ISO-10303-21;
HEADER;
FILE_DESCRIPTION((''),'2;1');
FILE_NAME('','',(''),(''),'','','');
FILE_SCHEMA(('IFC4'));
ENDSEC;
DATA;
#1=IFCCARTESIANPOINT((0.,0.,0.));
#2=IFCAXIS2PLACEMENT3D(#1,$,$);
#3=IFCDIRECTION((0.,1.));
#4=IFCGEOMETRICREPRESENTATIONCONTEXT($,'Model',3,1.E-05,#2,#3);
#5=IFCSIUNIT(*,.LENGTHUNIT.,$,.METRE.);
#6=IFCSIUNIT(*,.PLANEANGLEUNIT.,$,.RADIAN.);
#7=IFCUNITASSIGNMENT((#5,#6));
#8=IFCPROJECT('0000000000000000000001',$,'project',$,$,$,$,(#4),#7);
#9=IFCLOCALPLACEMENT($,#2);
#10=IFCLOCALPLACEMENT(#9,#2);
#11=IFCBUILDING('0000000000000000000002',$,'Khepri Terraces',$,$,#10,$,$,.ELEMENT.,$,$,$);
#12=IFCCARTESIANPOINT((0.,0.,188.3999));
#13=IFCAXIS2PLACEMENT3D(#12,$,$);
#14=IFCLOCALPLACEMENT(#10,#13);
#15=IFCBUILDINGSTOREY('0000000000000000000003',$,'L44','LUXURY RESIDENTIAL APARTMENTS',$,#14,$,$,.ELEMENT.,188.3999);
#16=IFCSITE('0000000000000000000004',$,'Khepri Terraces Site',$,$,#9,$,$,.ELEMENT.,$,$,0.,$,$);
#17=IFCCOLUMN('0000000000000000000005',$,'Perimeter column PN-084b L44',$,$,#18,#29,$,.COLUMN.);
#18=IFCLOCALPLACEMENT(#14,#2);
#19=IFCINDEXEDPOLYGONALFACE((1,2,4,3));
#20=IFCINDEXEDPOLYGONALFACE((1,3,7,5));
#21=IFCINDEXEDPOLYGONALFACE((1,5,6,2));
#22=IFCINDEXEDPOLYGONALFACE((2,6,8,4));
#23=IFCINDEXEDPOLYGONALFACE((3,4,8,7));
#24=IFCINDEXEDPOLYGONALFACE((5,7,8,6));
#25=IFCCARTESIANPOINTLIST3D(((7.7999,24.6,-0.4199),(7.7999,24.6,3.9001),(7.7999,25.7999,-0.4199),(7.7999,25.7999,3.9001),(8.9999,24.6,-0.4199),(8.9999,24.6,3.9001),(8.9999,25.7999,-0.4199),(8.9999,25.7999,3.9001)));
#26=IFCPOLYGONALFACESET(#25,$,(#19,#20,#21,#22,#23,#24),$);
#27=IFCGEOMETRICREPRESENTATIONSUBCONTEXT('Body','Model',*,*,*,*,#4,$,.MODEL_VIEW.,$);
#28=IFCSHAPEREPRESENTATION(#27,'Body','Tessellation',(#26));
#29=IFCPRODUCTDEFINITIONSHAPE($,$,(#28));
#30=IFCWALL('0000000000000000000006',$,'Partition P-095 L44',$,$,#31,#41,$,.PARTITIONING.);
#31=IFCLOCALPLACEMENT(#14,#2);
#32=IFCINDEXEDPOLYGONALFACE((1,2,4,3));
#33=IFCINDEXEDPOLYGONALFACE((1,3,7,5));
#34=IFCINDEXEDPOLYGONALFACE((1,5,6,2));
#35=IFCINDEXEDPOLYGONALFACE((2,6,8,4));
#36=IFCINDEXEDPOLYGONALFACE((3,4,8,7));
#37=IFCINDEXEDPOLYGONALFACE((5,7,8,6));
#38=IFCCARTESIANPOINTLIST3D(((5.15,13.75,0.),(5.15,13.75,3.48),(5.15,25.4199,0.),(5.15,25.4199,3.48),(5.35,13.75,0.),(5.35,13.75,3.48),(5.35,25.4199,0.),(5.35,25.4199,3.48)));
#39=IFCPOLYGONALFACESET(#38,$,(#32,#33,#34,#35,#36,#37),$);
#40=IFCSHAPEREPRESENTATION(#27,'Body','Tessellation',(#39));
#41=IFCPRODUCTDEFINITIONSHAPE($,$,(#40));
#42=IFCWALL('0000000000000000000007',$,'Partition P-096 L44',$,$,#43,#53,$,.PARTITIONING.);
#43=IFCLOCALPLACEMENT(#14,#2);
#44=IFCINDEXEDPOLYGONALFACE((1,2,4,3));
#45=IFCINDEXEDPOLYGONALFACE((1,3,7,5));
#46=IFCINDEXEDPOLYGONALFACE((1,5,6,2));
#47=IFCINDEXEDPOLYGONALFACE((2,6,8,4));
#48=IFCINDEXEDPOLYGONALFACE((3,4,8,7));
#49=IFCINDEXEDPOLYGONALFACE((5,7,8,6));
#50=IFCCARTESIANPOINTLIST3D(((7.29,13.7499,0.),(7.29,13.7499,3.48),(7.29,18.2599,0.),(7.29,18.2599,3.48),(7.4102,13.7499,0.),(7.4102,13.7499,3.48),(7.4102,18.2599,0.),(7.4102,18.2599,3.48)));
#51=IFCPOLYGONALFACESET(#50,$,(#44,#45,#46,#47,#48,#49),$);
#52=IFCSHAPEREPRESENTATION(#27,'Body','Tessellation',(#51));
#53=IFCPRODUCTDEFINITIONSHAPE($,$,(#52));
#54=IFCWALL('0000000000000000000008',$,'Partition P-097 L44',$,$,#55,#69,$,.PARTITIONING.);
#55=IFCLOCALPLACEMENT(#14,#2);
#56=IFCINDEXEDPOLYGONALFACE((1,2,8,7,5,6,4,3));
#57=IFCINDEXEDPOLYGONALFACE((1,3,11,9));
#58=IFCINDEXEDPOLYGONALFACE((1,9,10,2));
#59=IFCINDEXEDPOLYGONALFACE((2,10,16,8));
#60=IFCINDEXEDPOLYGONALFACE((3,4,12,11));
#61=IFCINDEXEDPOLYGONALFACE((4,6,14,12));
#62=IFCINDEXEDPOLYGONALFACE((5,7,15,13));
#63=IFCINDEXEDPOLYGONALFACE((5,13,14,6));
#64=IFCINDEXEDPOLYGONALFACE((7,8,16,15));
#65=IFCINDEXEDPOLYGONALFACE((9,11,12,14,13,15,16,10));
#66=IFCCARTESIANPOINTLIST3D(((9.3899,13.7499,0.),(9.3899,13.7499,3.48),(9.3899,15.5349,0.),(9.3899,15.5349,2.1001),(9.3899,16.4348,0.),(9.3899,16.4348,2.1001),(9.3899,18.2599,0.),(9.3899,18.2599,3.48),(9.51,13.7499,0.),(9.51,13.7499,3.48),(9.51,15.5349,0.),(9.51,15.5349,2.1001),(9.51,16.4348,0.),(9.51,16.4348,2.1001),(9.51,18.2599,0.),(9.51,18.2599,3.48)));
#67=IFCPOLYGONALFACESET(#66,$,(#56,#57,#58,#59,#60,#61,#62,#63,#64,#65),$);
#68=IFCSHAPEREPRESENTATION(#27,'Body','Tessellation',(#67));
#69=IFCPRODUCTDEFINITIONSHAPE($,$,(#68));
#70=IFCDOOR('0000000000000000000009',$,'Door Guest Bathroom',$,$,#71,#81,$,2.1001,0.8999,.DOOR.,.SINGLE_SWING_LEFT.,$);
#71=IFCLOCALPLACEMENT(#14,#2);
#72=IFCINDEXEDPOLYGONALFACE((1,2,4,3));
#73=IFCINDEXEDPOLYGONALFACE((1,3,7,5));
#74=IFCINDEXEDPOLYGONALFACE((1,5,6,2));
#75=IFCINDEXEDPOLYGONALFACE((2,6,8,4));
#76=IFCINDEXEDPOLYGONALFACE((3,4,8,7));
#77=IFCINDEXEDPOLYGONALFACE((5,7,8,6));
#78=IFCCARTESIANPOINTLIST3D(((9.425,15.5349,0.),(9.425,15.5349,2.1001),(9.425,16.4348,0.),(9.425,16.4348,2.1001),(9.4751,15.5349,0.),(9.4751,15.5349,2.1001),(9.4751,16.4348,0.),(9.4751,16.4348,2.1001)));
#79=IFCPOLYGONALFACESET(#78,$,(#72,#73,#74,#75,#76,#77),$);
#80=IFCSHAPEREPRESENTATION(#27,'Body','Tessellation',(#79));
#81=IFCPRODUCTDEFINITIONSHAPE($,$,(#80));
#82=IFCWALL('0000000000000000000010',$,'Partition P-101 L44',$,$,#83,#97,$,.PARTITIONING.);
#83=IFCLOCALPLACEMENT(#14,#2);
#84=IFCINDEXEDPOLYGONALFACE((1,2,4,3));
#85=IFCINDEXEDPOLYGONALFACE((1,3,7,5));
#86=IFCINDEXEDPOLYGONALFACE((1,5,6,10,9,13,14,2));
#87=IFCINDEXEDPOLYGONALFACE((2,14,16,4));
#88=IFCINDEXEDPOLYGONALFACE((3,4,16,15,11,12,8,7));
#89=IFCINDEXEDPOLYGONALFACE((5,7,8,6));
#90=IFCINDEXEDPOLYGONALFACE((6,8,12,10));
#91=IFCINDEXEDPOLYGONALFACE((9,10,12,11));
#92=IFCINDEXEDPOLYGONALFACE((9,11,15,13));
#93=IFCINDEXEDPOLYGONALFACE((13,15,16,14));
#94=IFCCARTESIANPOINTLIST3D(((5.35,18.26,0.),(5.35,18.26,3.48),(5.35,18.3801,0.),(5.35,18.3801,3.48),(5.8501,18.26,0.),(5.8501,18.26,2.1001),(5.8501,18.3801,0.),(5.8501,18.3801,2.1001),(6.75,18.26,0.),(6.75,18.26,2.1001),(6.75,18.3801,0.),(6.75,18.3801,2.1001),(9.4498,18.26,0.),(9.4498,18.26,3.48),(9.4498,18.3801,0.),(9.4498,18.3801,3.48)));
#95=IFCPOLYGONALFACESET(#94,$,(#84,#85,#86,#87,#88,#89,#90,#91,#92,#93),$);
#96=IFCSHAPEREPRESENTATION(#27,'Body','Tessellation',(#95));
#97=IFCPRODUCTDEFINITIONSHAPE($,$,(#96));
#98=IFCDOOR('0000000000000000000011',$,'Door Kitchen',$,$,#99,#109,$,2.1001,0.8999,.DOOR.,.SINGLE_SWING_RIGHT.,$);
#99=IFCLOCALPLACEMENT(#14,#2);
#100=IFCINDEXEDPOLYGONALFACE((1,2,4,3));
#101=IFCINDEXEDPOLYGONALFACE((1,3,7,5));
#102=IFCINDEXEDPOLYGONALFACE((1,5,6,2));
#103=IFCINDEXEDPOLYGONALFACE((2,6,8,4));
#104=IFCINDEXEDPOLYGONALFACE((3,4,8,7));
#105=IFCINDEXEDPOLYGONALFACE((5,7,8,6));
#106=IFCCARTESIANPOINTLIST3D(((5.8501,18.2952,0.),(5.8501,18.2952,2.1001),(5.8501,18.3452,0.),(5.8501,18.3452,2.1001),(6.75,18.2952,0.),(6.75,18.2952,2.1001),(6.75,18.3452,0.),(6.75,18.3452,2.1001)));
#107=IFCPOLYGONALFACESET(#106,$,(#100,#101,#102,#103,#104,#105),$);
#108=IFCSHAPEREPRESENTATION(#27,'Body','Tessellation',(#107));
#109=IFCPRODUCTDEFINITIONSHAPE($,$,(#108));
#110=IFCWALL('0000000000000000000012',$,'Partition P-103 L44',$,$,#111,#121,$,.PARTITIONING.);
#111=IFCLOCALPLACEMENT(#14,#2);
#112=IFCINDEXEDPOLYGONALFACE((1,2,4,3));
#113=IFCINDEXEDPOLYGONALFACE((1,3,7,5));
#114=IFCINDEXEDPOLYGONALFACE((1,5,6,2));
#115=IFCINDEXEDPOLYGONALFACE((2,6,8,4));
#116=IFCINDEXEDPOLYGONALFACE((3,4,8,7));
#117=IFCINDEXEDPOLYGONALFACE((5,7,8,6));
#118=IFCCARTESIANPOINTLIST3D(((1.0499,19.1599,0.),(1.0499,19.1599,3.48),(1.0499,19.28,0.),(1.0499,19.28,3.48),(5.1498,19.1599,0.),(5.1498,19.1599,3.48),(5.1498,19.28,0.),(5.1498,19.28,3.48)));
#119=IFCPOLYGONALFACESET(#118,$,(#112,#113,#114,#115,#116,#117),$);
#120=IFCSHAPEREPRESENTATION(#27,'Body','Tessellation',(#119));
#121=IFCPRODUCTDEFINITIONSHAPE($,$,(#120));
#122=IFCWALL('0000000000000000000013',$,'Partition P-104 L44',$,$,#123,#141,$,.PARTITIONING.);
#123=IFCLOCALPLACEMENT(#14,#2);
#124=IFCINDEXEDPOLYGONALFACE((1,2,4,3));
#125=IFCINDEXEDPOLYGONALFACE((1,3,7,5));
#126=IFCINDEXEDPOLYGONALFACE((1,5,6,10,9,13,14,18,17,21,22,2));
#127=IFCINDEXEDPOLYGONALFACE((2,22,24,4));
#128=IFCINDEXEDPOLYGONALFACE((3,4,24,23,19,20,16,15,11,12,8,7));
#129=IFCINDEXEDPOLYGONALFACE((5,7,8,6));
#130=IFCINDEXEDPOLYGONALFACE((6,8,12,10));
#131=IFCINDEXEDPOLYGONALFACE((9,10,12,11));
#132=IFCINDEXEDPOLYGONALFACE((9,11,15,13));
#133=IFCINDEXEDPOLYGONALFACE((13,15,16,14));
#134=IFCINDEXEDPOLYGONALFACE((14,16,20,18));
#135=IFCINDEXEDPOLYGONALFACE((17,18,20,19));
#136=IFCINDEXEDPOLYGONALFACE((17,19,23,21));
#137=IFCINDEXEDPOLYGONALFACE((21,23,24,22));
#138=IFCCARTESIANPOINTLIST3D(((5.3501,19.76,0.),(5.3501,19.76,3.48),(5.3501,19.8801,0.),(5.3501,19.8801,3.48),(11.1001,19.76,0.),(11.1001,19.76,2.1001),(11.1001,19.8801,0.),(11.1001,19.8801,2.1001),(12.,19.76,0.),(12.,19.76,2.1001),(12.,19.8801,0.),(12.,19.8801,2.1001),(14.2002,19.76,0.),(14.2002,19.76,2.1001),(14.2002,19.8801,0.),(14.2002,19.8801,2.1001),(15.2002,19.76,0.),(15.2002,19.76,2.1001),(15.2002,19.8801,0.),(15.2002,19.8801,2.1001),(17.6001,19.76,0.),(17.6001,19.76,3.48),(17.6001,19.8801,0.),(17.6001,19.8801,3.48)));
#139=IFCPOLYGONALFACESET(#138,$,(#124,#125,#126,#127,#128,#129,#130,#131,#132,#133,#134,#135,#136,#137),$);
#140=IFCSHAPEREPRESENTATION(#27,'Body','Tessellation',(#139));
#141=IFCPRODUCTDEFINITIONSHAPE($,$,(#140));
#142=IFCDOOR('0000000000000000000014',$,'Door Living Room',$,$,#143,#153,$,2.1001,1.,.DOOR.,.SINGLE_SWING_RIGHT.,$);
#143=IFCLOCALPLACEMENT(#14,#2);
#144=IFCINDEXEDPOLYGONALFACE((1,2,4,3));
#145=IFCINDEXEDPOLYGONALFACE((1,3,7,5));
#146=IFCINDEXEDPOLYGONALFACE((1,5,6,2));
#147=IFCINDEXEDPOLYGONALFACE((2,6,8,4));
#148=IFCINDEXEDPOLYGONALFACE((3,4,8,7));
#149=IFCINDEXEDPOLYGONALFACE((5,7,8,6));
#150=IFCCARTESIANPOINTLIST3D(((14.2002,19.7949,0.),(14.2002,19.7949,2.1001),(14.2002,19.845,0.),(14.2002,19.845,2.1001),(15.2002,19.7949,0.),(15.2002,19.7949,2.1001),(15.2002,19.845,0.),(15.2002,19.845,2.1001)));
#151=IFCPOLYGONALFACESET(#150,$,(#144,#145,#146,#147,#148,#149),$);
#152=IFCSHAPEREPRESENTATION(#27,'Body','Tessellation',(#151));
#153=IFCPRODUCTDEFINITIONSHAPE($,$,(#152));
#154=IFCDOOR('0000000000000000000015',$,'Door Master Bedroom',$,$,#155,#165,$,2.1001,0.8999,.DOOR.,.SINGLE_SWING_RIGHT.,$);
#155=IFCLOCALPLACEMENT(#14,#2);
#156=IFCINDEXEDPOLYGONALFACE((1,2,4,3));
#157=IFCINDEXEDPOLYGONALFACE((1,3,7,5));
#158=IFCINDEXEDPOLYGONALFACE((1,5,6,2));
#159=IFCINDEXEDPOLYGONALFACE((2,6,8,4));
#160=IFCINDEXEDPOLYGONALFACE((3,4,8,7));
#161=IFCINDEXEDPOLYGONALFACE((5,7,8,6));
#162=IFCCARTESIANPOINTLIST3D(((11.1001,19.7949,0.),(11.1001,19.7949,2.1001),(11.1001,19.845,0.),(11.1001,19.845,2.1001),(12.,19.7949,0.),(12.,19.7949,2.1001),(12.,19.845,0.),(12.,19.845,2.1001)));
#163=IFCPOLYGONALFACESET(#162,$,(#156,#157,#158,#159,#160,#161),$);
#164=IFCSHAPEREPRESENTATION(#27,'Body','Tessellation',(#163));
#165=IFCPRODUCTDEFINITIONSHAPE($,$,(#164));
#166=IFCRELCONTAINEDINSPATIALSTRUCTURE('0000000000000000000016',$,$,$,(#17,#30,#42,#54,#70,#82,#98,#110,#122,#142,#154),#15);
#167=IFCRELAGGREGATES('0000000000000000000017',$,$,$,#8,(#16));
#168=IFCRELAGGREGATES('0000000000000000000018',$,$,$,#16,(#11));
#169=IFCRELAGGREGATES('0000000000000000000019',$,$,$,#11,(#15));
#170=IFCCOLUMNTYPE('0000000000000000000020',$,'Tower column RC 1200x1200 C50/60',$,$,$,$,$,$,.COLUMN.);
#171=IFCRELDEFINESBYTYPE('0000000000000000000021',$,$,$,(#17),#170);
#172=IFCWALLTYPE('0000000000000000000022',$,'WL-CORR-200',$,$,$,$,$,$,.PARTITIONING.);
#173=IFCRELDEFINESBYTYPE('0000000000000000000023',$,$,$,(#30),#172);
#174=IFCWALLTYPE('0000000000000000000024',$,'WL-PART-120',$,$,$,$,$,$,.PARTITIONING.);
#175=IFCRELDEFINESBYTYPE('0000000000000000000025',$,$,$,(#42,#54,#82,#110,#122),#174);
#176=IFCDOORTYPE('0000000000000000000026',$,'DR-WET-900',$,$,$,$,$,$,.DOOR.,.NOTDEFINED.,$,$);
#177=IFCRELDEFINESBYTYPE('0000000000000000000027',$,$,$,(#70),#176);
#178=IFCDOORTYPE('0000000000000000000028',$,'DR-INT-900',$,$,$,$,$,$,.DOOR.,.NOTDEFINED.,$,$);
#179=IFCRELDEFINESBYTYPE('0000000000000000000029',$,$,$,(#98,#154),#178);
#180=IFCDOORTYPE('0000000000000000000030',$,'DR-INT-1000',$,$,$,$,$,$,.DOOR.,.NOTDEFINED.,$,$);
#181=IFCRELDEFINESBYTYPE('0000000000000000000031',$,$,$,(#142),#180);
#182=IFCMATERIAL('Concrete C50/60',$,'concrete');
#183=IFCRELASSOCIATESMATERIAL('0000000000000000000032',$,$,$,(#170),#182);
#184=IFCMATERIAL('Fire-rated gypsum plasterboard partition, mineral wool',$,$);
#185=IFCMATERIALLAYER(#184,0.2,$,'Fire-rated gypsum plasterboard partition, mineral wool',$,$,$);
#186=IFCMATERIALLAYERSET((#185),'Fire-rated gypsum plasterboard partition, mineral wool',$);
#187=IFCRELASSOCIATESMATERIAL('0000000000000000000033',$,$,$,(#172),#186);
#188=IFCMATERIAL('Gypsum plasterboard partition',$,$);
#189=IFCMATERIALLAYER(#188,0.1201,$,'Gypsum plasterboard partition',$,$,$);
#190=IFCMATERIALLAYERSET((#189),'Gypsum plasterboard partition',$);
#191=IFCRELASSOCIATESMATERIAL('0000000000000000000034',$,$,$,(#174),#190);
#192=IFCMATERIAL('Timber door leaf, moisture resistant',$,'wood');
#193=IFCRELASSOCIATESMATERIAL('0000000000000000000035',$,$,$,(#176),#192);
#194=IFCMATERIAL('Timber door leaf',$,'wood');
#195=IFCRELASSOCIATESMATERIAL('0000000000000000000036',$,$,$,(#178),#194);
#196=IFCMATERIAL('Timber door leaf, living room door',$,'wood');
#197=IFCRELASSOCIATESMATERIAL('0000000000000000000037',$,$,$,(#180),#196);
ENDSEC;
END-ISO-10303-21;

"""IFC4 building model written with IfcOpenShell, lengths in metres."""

from ifc_helpers import new_model, si_unit, direction, frame, frame_2d, origin, origin_2d, place, context, subcontext, project, spatial, rectangle, extrude, material, layer, layer_set, material_profile, profile_set, type_object, element, fill, save


model = new_model("IFC4")

# Units and contexts
model_context = context("Model", 3, precision=1e-05, world=origin(), true_north=direction((0.0, 1.0)))
body_context = subcontext(model_context, "Body", "Model", "MODEL_VIEW")
ifc_project = project(units=[si_unit("LENGTHUNIT", "METRE"), si_unit("PLANEANGLEUNIT", "RADIAN")], contexts=[model_context])

# Site, building, storey
site_placement = place(None, origin())
site = spatial("IfcSite", under=ifc_project, at=site_placement, Name="Khepri Terraces Site", CompositionType="ELEMENT", RefElevation=0.0)
building_placement = place(site_placement, origin())
building = spatial("IfcBuilding", under=site, at=building_placement, Name="Khepri Terraces", CompositionType="ELEMENT")
storey_placement = place(building_placement, frame((0.0, 0.0, 188.3999)))
storey = spatial("IfcBuildingStorey", under=building, at=storey_placement, Name="L44", Description="LUXURY RESIDENTIAL APARTMENTS", CompositionType="ELEMENT", Elevation=188.3999)

# Column
ifc_material_1 = material(Name="Concrete C50/60", Category="concrete")
ifc_material_profile = material_profile(ifc_material_1, rectangle(XDim=1.2, YDim=1.2, at=origin_2d()), Name="Concrete C50/60", Category="concrete")
ifc_profile_set = profile_set([ifc_material_profile], Name="Concrete C50/60")
column_type = type_object("IfcColumnType", Name="Tower column RC 1200x1200 C50/60", PredefinedType="COLUMN", material=ifc_profile_set)
column_placement = place(storey_placement, frame((8.3999, 25.2, -0.4199), z_axis=(0.0, 0.0, 1.0), x_axis=(1.0, 0.0, 0.0)))
element("IfcColumn", 1, at=column_placement, inside=storey, type_object=column_type, Name="Perimeter column PN-084b L44", PredefinedType="COLUMN", context=body_context, shape_type="SweptSolid", body=[
    extrude(rectangle(XDim=1.2, YDim=1.2, at=origin_2d()), origin(), (0.0, 0.0, 1.0), 4.3201),
])

# Wall
ifc_material_2 = material(Name="Fire-rated gypsum plasterboard partition, mineral wool")
ifc_layer_1 = layer(ifc_material_2, 0.2, Name="Fire-rated gypsum plasterboard partition, mineral wool")
ifc_layer_set_1 = layer_set([ifc_layer_1], Name="Fire-rated gypsum plasterboard partition, mineral wool")
wall_type_1 = type_object("IfcWallType", Name="WL-CORR-200", PredefinedType="PARTITIONING", material=ifc_layer_set_1)
wall_1_placement = place(storey_placement, frame((5.25, 13.75, 0.0), z_axis=(0.0, 0.0, 1.0), x_axis=(0.0, 1.0, 0.0)))
element("IfcWall", 2, at=wall_1_placement, inside=storey, type_object=wall_type_1, Name="Partition P-095 L44", PredefinedType="PARTITIONING", context=body_context, shape_type="SweptSolid", body=[
    extrude(rectangle(XDim=11.6699, YDim=0.2, at=frame_2d((5.835, 0.0))), origin(), (0.0, 0.0, 1.0), 3.48),
])

# Wall
ifc_material_3 = material(Name="Gypsum plasterboard partition")
ifc_layer_2 = layer(ifc_material_3, 0.1201, Name="Gypsum plasterboard partition")
ifc_layer_set_2 = layer_set([ifc_layer_2], Name="Gypsum plasterboard partition")
wall_type_2 = type_object("IfcWallType", Name="WL-PART-120", PredefinedType="PARTITIONING", material=ifc_layer_set_2)
wall_2_placement = place(storey_placement, frame((7.3501, 13.75, 0.0), z_axis=(0.0, 0.0, 1.0), x_axis=(0.0, 1.0, 0.0)))
element("IfcWall", 3, at=wall_2_placement, inside=storey, type_object=wall_type_2, Name="Partition P-096 L44", PredefinedType="PARTITIONING", context=body_context, shape_type="SweptSolid", body=[
    extrude(rectangle(XDim=4.51, YDim=0.1201, at=frame_2d((2.2549, 0.0))), origin(), (0.0, 0.0, 1.0), 3.48),
])

# Walls, openings, doors
wall_3_placement = place(storey_placement, frame((9.45, 13.75, 0.0), z_axis=(0.0, 0.0, 1.0), x_axis=(0.0, 1.0, 0.0)))
wall_3 = element("IfcWall", 4, at=wall_3_placement, inside=storey, type_object=wall_type_2, Name="Partition P-097 L44", PredefinedType="PARTITIONING", context=body_context, shape_type="SweptSolid", body=[
    extrude(rectangle(XDim=4.51, YDim=0.1201, at=frame_2d((2.2549, 0.0))), origin(), (0.0, 0.0, 1.0), 3.48),
])
opening_1_placement = place(wall_3_placement, frame((1.7849, 0.0, 0.0)))
opening_1 = element("IfcOpeningElement", 5, at=opening_1_placement, cuts=wall_3, PredefinedType="OPENING", context=body_context, shape_type="SweptSolid", body=[
    extrude(rectangle(XDim=0.8999, YDim=2.1001, at=frame_2d((0.45, 1.05))), frame((0.0, 0.0701, 0.0), z_axis=(0.0, -1.0, 0.0), x_axis=(1.0, 0.0, 0.0)), (0.0, 0.0, 1.0), 0.1401),
])
ifc_material_4 = material(Name="Timber door leaf, moisture resistant", Category="wood")
door_type_1 = type_object("IfcDoorType", Name="DR-WET-900", OperationType="NOTDEFINED", PredefinedType="DOOR", material=ifc_material_4)
door_1_placement = place(opening_1_placement, origin())
door_1 = element("IfcDoor", 6, at=door_1_placement, inside=storey, type_object=door_type_1, Name="Door Guest Bathroom", OperationType="SINGLE_SWING_LEFT", OverallHeight=2.1001, OverallWidth=0.8999, PredefinedType="DOOR", context=body_context, shape_type="SweptSolid", body=[
    extrude(rectangle(XDim=0.8999, YDim=2.1001, at=frame_2d((0.45, 1.05))), frame((0.0, 0.0249, 0.0), z_axis=(0.0, -1.0, 0.0), x_axis=(1.0, 0.0, 0.0)), (0.0, 0.0, 1.0), 0.05),
])
fill(opening_1, door_1)
wall_4_placement = place(storey_placement, frame((5.3501, 18.3201, 0.0), z_axis=(0.0, 0.0, 1.0), x_axis=(1.0, 0.0, 0.0)))
wall_4 = element("IfcWall", 7, at=wall_4_placement, inside=storey, type_object=wall_type_2, Name="Partition P-101 L44", PredefinedType="PARTITIONING", context=body_context, shape_type="SweptSolid", body=[
    extrude(rectangle(XDim=4.0999, YDim=0.1201, at=frame_2d((2.0498, 0.0))), origin(), (0.0, 0.0, 1.0), 3.48),
])
opening_2_placement = place(wall_4_placement, frame((0.5, 0.0, 0.0)))
opening_2 = element("IfcOpeningElement", 8, at=opening_2_placement, cuts=wall_4, PredefinedType="OPENING", context=body_context, shape_type="SweptSolid", body=[
    extrude(rectangle(XDim=0.8999, YDim=2.1001, at=frame_2d((0.45, 1.05))), frame((0.0, 0.0701, 0.0), z_axis=(0.0, -1.0, 0.0), x_axis=(1.0, 0.0, 0.0)), (0.0, 0.0, 1.0), 0.1401),
])
ifc_material_5 = material(Name="Timber door leaf", Category="wood")
door_type_2 = type_object("IfcDoorType", Name="DR-INT-900", OperationType="NOTDEFINED", PredefinedType="DOOR", material=ifc_material_5)
door_2_placement = place(opening_2_placement, frame((0.8999, 0.0, 0.0), z_axis=(0.0, 0.0, 1.0), x_axis=(-1.0, 0.0, 0.0)))
door_2 = element("IfcDoor", 9, at=door_2_placement, inside=storey, type_object=door_type_2, Name="Door Kitchen", OperationType="SINGLE_SWING_RIGHT", OverallHeight=2.1001, OverallWidth=0.8999, PredefinedType="DOOR", context=body_context, shape_type="SweptSolid", body=[
    extrude(rectangle(XDim=0.8999, YDim=2.1001, at=frame_2d((0.45, 1.05))), frame((0.0, 0.0249, 0.0), z_axis=(0.0, -1.0, 0.0), x_axis=(1.0, 0.0, 0.0)), (0.0, 0.0, 1.0), 0.05),
])
fill(opening_2, door_2)

# Wall
wall_5_placement = place(storey_placement, frame((1.05, 19.22, 0.0), z_axis=(0.0, 0.0, 1.0), x_axis=(1.0, 0.0, 0.0)))
element("IfcWall", 10, at=wall_5_placement, inside=storey, type_object=wall_type_2, Name="Partition P-103 L44", PredefinedType="PARTITIONING", context=body_context, shape_type="SweptSolid", body=[
    extrude(rectangle(XDim=4.0999, YDim=0.1201, at=frame_2d((2.0498, 0.0))), origin(), (0.0, 0.0, 1.0), 3.48),
])

# Wall, openings, doors
wall_6_placement = place(storey_placement, frame((5.3501, 19.8201, 0.0), z_axis=(0.0, 0.0, 1.0), x_axis=(1.0, 0.0, 0.0)))
wall_6 = element("IfcWall", 11, at=wall_6_placement, inside=storey, type_object=wall_type_2, Name="Partition P-104 L44", PredefinedType="PARTITIONING", context=body_context, shape_type="SweptSolid", body=[
    extrude(rectangle(XDim=12.25, YDim=0.1201, at=frame_2d((6.125, 0.0))), origin(), (0.0, 0.0, 1.0), 3.48),
])
opening_3_placement = place(wall_6_placement, frame((8.8501, 0.0, 0.0)))
opening_3 = element("IfcOpeningElement", 12, at=opening_3_placement, cuts=wall_6, PredefinedType="OPENING", context=body_context, shape_type="SweptSolid", body=[
    extrude(rectangle(XDim=1.0, YDim=2.1001, at=frame_2d((0.5, 1.05))), frame((0.0, 0.0701, 0.0), z_axis=(0.0, -1.0, 0.0), x_axis=(1.0, 0.0, 0.0)), (0.0, 0.0, 1.0), 0.1401),
])
opening_4_placement = place(wall_6_placement, frame((5.75, 0.0, 0.0)))
opening_4 = element("IfcOpeningElement", 13, at=opening_4_placement, cuts=wall_6, PredefinedType="OPENING", context=body_context, shape_type="SweptSolid", body=[
    extrude(rectangle(XDim=0.8999, YDim=2.1001, at=frame_2d((0.45, 1.05))), frame((0.0, 0.0701, 0.0), z_axis=(0.0, -1.0, 0.0), x_axis=(1.0, 0.0, 0.0)), (0.0, 0.0, 1.0), 0.1401),
])
ifc_material_6 = material(Name="Timber door leaf, living room door", Category="wood")
door_type_3 = type_object("IfcDoorType", Name="DR-INT-1000", OperationType="NOTDEFINED", PredefinedType="DOOR", material=ifc_material_6)
door_3_placement = place(opening_3_placement, origin())
door_3 = element("IfcDoor", 14, at=door_3_placement, inside=storey, type_object=door_type_3, Name="Door Living Room", OperationType="SINGLE_SWING_RIGHT", OverallHeight=2.1001, OverallWidth=1.0, PredefinedType="DOOR", context=body_context, shape_type="SweptSolid", body=[
    extrude(rectangle(XDim=1.0, YDim=2.1001, at=frame_2d((0.5, 1.05))), frame((0.0, 0.0249, 0.0), z_axis=(0.0, -1.0, 0.0), x_axis=(1.0, 0.0, 0.0)), (0.0, 0.0, 1.0), 0.05),
])
fill(opening_3, door_3)
door_4_placement = place(opening_4_placement, origin())
door_4 = element("IfcDoor", 15, at=door_4_placement, inside=storey, type_object=door_type_2, Name="Door Master Bedroom", OperationType="SINGLE_SWING_RIGHT", OverallHeight=2.1001, OverallWidth=0.8999, PredefinedType="DOOR", context=body_context, shape_type="SweptSolid", body=[
    extrude(rectangle(XDim=0.8999, YDim=2.1001, at=frame_2d((0.45, 1.05))), frame((0.0, 0.0249, 0.0), z_axis=(0.0, -1.0, 0.0), x_axis=(1.0, 0.0, 0.0)), (0.0, 0.0, 1.0), 0.05),
])
fill(opening_4, door_4)

save(model, "model.ifc")
